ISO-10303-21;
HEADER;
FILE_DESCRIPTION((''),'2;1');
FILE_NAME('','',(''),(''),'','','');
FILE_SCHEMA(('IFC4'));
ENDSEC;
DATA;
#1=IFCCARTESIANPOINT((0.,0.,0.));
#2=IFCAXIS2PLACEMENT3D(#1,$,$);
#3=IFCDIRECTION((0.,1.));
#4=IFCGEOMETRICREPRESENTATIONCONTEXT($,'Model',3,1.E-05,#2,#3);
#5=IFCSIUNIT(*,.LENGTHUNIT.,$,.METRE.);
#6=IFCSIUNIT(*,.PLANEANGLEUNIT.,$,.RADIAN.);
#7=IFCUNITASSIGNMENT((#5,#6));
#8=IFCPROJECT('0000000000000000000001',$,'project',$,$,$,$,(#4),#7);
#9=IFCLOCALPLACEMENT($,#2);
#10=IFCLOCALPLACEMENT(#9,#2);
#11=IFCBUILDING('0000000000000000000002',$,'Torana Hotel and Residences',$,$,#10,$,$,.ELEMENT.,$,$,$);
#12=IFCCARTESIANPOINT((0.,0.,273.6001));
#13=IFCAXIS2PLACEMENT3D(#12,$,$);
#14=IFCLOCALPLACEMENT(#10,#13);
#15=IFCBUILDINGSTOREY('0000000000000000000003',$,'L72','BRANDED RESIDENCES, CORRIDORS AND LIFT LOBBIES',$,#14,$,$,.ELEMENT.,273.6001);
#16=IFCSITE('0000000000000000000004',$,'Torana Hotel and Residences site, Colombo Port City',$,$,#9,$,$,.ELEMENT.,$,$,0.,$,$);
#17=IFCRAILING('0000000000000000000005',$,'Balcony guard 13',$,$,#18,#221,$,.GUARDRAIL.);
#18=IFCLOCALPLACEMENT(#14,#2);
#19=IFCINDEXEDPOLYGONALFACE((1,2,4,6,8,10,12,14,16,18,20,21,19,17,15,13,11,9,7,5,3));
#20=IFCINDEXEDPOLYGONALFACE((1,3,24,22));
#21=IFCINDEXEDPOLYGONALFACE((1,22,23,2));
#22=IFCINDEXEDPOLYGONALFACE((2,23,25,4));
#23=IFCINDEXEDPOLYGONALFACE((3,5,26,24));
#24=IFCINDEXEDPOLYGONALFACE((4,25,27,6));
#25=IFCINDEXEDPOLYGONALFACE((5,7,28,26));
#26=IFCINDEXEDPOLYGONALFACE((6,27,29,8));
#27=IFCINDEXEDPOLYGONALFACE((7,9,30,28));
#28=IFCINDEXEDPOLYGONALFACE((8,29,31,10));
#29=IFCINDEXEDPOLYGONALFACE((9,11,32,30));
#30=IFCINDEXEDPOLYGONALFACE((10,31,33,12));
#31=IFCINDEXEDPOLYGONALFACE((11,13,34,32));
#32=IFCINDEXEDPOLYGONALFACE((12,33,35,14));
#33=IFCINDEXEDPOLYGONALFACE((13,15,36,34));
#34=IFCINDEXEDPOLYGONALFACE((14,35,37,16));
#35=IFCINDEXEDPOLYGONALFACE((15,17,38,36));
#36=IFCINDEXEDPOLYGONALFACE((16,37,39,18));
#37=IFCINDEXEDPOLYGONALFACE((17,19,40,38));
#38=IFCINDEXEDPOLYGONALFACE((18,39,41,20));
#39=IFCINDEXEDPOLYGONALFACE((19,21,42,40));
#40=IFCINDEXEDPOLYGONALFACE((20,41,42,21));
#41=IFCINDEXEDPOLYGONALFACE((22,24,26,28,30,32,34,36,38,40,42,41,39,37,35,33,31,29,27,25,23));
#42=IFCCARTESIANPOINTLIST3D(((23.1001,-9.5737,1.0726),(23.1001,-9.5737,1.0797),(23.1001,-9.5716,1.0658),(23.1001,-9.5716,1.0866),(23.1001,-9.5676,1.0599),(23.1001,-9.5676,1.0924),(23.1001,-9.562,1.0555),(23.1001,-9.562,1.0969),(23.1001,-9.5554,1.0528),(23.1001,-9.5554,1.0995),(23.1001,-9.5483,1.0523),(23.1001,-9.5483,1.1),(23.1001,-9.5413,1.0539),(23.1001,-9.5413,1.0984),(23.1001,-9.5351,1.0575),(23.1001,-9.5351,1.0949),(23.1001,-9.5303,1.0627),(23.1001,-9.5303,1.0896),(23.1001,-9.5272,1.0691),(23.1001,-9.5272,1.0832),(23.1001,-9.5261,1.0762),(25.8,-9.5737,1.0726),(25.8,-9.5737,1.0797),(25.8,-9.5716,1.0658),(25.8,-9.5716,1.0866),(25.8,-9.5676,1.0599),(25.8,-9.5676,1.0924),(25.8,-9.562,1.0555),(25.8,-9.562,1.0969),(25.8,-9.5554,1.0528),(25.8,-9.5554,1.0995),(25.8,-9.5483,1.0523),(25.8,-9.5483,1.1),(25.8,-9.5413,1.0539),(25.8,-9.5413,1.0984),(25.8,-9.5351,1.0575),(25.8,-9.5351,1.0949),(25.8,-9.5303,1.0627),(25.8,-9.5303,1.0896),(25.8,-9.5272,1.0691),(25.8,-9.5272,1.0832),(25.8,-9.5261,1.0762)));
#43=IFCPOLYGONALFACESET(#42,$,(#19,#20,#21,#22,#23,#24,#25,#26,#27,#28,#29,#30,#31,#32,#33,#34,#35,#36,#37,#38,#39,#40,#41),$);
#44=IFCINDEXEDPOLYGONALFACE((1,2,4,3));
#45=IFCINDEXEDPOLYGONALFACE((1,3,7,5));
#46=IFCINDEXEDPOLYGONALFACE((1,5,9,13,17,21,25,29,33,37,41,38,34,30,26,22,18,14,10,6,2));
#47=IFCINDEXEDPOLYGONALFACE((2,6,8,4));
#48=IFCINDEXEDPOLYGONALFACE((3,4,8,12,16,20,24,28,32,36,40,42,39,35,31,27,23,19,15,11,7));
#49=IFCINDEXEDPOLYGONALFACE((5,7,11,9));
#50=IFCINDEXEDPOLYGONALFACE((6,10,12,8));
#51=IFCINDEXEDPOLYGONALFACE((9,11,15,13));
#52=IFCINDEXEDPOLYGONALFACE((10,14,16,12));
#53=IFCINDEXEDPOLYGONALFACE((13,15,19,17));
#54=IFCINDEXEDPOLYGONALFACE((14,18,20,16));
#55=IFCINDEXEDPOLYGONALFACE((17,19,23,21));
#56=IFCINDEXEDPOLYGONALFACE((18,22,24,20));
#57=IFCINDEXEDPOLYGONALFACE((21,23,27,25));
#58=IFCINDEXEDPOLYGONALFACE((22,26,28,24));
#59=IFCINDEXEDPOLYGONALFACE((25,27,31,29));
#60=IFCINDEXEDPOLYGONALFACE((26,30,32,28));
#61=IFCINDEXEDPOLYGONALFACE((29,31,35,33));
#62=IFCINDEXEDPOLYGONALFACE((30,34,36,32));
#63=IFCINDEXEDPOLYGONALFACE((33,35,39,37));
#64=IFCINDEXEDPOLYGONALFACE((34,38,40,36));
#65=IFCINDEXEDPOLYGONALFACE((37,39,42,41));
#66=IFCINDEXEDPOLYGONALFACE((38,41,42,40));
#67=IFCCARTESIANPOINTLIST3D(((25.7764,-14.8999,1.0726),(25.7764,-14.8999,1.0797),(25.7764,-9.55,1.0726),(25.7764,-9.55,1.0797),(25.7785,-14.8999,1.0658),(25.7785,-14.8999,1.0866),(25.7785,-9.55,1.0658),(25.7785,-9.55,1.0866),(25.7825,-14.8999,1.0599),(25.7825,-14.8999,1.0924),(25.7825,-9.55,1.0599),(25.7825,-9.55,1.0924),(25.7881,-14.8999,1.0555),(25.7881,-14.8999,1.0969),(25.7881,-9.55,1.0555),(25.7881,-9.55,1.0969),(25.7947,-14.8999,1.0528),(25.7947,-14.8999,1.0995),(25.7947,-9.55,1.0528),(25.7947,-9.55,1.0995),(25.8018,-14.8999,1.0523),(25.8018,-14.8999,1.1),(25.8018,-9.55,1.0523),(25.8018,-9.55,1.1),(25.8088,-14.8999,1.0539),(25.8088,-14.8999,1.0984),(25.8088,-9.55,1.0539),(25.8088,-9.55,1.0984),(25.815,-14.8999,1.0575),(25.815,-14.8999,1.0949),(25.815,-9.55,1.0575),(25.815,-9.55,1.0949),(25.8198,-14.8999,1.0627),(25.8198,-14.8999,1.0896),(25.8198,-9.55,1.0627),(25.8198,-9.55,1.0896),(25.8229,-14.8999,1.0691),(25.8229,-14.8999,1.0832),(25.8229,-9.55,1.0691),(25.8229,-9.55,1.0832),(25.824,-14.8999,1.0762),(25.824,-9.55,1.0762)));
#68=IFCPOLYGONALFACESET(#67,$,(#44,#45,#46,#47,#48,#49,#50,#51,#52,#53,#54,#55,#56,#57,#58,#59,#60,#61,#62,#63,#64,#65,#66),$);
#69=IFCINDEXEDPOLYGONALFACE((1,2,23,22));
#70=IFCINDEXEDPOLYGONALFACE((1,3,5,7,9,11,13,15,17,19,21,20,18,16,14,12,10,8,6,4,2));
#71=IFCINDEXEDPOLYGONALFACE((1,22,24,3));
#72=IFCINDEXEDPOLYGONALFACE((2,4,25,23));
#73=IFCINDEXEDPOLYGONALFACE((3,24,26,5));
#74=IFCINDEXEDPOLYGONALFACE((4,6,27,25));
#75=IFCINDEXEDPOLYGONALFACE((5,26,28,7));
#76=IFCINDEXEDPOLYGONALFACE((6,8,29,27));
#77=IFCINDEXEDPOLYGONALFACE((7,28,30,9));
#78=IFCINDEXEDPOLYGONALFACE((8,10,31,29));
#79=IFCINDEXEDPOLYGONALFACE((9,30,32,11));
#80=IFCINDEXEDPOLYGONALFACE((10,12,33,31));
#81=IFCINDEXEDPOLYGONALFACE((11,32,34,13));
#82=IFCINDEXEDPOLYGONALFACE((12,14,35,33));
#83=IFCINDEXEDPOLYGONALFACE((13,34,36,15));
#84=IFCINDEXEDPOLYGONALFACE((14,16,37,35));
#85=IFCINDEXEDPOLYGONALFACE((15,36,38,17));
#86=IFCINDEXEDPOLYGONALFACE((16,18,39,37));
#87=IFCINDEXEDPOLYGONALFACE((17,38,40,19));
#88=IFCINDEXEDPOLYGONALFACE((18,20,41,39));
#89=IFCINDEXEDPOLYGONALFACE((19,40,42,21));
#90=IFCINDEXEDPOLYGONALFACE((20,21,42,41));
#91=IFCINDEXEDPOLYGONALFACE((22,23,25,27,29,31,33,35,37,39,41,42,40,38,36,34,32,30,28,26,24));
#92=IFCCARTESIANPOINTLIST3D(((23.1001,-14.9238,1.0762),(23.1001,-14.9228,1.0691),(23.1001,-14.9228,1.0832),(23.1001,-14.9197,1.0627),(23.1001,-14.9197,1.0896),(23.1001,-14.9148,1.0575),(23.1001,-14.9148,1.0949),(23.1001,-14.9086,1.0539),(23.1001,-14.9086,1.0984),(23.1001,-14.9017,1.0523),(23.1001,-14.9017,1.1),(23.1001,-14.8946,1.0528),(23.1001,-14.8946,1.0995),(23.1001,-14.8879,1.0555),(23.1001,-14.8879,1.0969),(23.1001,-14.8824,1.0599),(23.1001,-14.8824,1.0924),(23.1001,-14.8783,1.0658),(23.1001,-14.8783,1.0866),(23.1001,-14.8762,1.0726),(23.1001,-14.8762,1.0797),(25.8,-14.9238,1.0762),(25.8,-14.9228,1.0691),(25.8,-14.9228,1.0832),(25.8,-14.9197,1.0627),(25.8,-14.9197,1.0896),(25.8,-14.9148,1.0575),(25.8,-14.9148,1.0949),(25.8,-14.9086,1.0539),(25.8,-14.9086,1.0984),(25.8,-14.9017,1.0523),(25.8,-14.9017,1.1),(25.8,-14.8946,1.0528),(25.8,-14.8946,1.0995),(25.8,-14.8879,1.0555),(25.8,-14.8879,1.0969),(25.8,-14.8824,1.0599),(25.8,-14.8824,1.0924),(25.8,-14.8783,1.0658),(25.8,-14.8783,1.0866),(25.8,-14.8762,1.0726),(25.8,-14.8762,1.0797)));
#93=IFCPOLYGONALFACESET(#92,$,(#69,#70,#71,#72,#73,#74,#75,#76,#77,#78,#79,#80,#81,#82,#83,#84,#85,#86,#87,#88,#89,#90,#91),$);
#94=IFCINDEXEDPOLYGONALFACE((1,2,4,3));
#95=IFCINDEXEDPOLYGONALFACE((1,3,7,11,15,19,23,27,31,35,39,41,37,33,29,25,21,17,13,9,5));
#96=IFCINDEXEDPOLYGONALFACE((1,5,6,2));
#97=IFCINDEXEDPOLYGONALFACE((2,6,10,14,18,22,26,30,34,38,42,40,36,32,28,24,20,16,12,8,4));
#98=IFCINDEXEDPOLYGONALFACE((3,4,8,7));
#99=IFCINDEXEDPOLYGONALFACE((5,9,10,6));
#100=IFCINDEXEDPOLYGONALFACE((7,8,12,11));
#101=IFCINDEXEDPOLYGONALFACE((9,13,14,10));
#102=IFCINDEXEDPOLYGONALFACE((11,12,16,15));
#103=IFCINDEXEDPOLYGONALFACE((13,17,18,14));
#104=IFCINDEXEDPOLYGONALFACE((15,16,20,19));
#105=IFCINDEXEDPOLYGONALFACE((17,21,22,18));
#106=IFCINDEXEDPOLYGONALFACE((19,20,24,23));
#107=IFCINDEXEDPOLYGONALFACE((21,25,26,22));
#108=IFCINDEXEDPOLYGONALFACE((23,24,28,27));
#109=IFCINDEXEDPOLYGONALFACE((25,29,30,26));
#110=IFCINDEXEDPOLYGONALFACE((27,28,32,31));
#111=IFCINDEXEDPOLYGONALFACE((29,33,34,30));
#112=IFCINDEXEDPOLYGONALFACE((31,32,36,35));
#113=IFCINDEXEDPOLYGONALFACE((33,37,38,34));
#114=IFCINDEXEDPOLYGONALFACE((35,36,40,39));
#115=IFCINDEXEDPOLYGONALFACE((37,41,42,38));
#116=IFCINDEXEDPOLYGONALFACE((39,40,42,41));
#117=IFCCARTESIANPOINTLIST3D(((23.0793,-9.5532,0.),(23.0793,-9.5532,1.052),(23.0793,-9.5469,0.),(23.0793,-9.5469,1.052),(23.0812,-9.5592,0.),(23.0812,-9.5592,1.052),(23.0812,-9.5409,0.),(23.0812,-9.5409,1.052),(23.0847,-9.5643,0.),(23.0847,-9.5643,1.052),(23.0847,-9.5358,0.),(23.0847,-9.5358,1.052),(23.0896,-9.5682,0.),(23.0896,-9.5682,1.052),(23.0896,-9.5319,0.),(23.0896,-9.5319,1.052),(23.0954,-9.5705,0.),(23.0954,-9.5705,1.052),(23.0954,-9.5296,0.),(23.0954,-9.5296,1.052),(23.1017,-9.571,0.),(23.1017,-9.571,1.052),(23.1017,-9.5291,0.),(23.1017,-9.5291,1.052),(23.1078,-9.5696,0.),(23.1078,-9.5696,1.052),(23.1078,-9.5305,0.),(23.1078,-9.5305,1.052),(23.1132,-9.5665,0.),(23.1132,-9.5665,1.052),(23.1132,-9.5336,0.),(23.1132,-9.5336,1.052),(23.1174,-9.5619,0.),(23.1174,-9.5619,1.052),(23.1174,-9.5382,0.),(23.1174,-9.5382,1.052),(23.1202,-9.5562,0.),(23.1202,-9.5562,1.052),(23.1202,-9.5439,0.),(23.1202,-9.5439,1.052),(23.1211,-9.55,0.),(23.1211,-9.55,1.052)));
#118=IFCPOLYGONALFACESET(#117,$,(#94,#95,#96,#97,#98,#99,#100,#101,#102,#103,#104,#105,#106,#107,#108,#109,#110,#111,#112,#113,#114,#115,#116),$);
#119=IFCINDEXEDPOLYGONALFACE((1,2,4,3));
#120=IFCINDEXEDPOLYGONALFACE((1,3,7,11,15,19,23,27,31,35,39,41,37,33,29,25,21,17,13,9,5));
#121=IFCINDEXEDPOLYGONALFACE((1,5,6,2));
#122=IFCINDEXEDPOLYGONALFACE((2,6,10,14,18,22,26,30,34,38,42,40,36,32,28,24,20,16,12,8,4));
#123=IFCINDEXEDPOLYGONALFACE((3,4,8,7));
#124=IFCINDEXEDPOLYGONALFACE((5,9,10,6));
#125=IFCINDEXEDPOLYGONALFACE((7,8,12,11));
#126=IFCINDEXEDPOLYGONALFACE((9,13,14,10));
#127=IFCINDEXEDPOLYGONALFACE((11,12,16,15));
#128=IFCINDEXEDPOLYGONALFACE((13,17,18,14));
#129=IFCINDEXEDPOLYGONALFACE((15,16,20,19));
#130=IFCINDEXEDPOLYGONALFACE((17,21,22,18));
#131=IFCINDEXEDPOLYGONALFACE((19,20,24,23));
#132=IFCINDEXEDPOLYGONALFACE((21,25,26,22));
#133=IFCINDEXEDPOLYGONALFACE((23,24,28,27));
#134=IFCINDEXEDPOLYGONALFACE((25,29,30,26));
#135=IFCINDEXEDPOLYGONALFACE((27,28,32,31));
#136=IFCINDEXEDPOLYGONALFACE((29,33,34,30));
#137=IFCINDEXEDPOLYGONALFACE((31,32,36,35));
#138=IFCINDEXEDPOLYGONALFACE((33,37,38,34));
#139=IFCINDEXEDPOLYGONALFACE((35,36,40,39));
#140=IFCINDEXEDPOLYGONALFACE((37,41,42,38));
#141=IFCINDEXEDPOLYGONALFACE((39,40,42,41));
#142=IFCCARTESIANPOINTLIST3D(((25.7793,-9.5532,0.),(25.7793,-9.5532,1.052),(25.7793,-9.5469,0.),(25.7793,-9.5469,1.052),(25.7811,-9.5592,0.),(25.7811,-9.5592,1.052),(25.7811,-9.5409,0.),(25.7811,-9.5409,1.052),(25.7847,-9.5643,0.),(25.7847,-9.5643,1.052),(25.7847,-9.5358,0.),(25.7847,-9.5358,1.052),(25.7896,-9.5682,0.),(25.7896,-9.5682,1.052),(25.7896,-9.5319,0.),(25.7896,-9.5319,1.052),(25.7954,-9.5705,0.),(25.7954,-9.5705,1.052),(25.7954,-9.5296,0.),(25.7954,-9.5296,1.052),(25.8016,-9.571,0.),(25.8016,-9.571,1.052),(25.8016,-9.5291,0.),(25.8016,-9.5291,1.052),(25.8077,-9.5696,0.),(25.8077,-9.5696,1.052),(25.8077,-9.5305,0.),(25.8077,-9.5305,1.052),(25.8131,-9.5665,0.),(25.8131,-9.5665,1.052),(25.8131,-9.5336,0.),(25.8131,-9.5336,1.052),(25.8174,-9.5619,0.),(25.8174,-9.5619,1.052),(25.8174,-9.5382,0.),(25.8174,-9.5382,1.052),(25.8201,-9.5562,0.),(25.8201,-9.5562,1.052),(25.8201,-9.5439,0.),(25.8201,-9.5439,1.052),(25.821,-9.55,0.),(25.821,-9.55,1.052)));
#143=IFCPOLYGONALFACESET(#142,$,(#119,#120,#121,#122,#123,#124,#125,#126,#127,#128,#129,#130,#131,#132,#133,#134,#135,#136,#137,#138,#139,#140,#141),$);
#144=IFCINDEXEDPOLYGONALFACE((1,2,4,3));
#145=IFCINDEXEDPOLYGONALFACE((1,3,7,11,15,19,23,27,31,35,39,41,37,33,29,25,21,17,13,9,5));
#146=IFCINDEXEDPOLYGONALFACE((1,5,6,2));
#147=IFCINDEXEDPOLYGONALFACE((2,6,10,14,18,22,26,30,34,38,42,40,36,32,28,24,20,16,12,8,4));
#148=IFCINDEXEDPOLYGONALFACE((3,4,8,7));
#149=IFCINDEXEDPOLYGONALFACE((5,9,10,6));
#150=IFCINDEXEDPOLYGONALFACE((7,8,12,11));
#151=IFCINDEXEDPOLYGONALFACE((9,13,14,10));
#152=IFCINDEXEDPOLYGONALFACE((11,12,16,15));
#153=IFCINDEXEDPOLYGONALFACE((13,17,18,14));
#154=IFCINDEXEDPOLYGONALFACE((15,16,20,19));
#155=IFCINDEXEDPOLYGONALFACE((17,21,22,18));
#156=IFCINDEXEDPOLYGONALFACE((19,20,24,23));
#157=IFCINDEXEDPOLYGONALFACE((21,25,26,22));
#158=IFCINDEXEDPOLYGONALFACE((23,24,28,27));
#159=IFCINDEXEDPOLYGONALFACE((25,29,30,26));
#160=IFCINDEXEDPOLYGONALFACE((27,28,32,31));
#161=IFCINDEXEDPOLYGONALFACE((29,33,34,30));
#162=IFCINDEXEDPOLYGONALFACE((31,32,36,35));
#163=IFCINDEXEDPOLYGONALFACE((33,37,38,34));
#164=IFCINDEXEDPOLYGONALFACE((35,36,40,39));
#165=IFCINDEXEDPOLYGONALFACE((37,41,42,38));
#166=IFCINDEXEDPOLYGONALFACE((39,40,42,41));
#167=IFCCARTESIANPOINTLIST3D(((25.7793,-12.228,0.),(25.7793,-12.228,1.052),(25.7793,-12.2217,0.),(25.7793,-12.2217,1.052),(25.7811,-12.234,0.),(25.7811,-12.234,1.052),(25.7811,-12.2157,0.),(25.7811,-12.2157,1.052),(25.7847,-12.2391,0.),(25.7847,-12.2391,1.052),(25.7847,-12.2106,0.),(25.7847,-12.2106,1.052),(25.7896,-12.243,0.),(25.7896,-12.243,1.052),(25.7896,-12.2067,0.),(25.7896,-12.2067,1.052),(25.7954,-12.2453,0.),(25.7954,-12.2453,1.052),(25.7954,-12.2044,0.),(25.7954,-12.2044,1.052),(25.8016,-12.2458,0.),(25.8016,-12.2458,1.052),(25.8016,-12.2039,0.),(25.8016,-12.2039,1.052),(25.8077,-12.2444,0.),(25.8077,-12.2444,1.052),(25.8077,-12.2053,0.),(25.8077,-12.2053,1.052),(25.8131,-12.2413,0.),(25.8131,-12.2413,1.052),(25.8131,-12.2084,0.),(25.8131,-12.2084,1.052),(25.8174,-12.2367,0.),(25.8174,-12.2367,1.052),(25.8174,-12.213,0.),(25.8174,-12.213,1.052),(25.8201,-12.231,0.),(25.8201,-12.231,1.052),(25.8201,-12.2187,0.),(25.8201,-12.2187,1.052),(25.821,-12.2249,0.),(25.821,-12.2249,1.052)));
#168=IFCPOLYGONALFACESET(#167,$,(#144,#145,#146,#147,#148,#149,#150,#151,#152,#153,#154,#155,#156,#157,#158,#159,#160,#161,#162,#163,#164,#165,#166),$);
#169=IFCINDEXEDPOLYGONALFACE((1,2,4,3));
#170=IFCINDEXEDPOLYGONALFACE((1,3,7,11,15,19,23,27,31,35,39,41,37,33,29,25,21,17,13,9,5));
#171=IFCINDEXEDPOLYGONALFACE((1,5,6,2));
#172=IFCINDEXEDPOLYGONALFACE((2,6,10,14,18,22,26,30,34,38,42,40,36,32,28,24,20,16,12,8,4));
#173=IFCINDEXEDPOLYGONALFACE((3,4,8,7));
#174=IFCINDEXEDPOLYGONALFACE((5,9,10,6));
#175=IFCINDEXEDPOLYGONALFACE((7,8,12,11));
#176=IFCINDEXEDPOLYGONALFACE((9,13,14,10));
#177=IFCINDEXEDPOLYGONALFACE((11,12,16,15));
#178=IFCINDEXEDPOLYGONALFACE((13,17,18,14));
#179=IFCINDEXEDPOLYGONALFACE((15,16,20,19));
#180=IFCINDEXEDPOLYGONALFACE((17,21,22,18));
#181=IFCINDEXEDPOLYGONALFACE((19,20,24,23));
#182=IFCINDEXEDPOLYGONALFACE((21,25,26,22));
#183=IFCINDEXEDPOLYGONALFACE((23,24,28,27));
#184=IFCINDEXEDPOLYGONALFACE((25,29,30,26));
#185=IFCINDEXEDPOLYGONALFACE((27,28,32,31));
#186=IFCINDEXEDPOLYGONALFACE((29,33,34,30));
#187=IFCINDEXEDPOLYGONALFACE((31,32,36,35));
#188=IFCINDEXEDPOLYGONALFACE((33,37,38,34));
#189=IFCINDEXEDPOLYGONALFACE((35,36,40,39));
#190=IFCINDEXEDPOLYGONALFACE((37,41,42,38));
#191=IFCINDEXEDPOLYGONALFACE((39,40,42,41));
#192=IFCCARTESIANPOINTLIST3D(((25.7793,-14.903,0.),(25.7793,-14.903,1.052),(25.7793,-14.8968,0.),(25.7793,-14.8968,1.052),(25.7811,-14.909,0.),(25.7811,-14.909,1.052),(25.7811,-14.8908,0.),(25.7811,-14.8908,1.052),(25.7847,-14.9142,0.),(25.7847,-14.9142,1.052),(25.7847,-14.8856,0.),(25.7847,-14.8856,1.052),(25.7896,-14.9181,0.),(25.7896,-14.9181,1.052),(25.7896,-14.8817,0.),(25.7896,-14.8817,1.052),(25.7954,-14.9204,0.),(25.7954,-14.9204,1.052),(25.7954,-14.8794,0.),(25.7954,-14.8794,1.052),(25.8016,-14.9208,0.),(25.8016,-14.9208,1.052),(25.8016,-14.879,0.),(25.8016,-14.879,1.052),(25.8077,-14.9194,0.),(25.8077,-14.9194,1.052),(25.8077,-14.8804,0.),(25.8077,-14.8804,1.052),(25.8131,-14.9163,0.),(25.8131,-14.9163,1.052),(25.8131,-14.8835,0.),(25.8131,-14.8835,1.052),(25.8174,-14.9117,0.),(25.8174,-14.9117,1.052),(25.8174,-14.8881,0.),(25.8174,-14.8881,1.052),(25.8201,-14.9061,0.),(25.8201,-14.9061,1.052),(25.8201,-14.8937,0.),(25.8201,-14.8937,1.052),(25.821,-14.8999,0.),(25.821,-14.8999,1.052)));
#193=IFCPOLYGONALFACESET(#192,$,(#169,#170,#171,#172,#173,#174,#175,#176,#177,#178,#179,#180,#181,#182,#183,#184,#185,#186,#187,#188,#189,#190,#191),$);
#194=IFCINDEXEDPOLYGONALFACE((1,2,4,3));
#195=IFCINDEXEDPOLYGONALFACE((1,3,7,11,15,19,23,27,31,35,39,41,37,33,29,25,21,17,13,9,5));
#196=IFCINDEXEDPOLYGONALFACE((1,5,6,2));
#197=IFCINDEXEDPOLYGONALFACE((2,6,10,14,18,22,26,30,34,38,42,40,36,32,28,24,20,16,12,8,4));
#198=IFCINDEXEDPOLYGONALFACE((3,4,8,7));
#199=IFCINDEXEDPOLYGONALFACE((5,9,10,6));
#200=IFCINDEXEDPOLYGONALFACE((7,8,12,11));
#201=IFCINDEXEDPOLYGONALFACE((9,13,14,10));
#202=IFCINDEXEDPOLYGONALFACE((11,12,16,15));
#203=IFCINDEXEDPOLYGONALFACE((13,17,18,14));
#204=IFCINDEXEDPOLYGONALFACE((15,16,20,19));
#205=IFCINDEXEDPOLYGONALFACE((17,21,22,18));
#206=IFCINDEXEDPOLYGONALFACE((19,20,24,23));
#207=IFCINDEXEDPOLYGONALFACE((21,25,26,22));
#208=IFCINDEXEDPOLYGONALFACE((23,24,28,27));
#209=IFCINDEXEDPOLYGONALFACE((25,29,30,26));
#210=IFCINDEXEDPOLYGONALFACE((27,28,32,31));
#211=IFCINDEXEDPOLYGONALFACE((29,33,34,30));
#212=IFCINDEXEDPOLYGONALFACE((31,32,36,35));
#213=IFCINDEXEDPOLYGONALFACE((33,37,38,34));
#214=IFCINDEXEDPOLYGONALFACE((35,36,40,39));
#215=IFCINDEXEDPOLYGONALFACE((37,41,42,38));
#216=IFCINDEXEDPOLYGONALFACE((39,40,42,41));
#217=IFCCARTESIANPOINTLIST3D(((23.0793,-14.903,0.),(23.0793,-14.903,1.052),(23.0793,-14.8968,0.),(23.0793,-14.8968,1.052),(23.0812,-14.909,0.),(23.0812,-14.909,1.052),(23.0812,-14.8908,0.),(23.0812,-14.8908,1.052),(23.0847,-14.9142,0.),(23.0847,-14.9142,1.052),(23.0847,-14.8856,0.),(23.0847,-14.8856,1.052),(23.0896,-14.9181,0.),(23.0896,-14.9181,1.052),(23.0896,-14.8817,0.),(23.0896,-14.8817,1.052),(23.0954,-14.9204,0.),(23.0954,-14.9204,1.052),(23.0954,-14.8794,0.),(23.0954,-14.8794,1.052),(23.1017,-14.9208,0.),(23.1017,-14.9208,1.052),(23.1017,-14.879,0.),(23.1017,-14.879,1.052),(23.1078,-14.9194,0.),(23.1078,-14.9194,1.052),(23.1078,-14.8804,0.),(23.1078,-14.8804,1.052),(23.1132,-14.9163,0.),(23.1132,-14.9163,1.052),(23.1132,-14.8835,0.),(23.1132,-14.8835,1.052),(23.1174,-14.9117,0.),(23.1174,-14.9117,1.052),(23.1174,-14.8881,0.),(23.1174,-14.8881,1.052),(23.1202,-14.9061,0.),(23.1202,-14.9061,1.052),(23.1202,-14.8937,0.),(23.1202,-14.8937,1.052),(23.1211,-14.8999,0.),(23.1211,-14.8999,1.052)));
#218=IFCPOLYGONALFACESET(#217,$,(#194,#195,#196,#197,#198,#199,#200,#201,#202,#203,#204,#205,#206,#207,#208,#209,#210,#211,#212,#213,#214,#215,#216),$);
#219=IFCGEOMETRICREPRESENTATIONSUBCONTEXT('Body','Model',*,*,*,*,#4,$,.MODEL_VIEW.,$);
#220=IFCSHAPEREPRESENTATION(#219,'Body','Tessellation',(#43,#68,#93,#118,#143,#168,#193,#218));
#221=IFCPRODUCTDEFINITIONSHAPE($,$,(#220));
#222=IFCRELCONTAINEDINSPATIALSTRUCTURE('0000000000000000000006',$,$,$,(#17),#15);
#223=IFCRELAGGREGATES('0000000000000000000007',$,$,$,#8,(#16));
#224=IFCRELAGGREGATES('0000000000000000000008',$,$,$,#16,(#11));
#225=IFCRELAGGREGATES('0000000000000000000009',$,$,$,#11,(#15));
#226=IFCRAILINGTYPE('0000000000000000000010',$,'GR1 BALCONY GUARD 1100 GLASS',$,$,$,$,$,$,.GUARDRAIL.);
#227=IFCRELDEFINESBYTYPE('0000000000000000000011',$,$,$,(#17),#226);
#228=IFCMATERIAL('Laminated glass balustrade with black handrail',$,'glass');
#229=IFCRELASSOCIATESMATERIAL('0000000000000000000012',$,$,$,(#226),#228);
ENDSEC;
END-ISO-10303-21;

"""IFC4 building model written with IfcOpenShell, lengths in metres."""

from ifc_helpers import new_model, si_unit, direction, frame, origin, origin_2d, place, context, subcontext, project, spatial, circle, extrude, material, type_object, element, save


model = new_model("IFC4")

# Units and contexts
model_context = context("Model", 3, precision=1e-05, world=origin(), true_north=direction((0.0, 1.0)))
body_context = subcontext(model_context, "Body", "Model", "MODEL_VIEW")
ifc_project = project(units=[si_unit("LENGTHUNIT", "METRE"), si_unit("PLANEANGLEUNIT", "RADIAN")], contexts=[model_context])

# Site, building, storey
site_placement = place(None, origin())
site = spatial("IfcSite", under=ifc_project, at=site_placement, Name="Torana Hotel and Residences site, Colombo Port City", CompositionType="ELEMENT", RefElevation=0.0)
building_placement = place(site_placement, origin())
building = spatial("IfcBuilding", under=site, at=building_placement, Name="Torana Hotel and Residences", CompositionType="ELEMENT")
storey_placement = place(building_placement, frame((0.0, 0.0, 273.6001)))
storey = spatial("IfcBuildingStorey", under=building, at=storey_placement, Name="L72", Description="BRANDED RESIDENCES, CORRIDORS AND LIFT LOBBIES", CompositionType="ELEMENT", Elevation=273.6001)

# Railing
ifc_material_1 = material(Name="Laminated glass balustrade with black handrail", Category="glass")
railing_type_1 = type_object("IfcRailingType", Name="GR1 BALCONY GUARD 1100 GLASS", PredefinedType="GUARDRAIL", material=ifc_material_1)
railing_1_placement = place(storey_placement, frame((23.1001, -9.55, 0.0)))
element("IfcRailing", 1, at=railing_1_placement, inside=storey, type_object=railing_type_1, Name="Balcony guard 13", PredefinedType="GUARDRAIL", context=body_context, shape_type="SweptSolid", body=[
    extrude(circle(Radius=0.0239, at=origin_2d()), frame((0.0, 0.0, 1.0762), z_axis=(1.0, 0.0, 0.0), x_axis=(0.0, 1.0, 0.0)), (0.0, 0.0, 1.0), 2.7),
    extrude(circle(Radius=0.0239, at=origin_2d()), frame((2.7, 0.0, 1.0762), z_axis=(0.0, -1.0, 0.0), x_axis=(1.0, 0.0, 0.0)), (0.0, 0.0, 1.0), 5.3499),
    extrude(circle(Radius=0.0239, at=origin_2d()), frame((2.7, -5.3499, 1.0762), z_axis=(-1.0, 0.0, 0.0), x_axis=(0.0, -1.0, 0.0)), (0.0, 0.0, 1.0), 2.7),
    extrude(circle(Radius=0.021, at=origin_2d()), origin(), (0.0, 0.0, 1.0), 1.052),
    extrude(circle(Radius=0.021, at=origin_2d()), frame((2.7, 0.0, 0.0)), (0.0, 0.0, 1.0), 1.052),
    extrude(circle(Radius=0.021, at=origin_2d()), frame((2.7, -2.6748, 0.0)), (0.0, 0.0, 1.0), 1.052),
    extrude(circle(Radius=0.021, at=origin_2d()), frame((2.7, -5.3499, 0.0)), (0.0, 0.0, 1.0), 1.052),
    extrude(circle(Radius=0.021, at=origin_2d()), frame((0.0, -5.3499, 0.0)), (0.0, 0.0, 1.0), 1.052),
])

save(model, "model.ifc")
